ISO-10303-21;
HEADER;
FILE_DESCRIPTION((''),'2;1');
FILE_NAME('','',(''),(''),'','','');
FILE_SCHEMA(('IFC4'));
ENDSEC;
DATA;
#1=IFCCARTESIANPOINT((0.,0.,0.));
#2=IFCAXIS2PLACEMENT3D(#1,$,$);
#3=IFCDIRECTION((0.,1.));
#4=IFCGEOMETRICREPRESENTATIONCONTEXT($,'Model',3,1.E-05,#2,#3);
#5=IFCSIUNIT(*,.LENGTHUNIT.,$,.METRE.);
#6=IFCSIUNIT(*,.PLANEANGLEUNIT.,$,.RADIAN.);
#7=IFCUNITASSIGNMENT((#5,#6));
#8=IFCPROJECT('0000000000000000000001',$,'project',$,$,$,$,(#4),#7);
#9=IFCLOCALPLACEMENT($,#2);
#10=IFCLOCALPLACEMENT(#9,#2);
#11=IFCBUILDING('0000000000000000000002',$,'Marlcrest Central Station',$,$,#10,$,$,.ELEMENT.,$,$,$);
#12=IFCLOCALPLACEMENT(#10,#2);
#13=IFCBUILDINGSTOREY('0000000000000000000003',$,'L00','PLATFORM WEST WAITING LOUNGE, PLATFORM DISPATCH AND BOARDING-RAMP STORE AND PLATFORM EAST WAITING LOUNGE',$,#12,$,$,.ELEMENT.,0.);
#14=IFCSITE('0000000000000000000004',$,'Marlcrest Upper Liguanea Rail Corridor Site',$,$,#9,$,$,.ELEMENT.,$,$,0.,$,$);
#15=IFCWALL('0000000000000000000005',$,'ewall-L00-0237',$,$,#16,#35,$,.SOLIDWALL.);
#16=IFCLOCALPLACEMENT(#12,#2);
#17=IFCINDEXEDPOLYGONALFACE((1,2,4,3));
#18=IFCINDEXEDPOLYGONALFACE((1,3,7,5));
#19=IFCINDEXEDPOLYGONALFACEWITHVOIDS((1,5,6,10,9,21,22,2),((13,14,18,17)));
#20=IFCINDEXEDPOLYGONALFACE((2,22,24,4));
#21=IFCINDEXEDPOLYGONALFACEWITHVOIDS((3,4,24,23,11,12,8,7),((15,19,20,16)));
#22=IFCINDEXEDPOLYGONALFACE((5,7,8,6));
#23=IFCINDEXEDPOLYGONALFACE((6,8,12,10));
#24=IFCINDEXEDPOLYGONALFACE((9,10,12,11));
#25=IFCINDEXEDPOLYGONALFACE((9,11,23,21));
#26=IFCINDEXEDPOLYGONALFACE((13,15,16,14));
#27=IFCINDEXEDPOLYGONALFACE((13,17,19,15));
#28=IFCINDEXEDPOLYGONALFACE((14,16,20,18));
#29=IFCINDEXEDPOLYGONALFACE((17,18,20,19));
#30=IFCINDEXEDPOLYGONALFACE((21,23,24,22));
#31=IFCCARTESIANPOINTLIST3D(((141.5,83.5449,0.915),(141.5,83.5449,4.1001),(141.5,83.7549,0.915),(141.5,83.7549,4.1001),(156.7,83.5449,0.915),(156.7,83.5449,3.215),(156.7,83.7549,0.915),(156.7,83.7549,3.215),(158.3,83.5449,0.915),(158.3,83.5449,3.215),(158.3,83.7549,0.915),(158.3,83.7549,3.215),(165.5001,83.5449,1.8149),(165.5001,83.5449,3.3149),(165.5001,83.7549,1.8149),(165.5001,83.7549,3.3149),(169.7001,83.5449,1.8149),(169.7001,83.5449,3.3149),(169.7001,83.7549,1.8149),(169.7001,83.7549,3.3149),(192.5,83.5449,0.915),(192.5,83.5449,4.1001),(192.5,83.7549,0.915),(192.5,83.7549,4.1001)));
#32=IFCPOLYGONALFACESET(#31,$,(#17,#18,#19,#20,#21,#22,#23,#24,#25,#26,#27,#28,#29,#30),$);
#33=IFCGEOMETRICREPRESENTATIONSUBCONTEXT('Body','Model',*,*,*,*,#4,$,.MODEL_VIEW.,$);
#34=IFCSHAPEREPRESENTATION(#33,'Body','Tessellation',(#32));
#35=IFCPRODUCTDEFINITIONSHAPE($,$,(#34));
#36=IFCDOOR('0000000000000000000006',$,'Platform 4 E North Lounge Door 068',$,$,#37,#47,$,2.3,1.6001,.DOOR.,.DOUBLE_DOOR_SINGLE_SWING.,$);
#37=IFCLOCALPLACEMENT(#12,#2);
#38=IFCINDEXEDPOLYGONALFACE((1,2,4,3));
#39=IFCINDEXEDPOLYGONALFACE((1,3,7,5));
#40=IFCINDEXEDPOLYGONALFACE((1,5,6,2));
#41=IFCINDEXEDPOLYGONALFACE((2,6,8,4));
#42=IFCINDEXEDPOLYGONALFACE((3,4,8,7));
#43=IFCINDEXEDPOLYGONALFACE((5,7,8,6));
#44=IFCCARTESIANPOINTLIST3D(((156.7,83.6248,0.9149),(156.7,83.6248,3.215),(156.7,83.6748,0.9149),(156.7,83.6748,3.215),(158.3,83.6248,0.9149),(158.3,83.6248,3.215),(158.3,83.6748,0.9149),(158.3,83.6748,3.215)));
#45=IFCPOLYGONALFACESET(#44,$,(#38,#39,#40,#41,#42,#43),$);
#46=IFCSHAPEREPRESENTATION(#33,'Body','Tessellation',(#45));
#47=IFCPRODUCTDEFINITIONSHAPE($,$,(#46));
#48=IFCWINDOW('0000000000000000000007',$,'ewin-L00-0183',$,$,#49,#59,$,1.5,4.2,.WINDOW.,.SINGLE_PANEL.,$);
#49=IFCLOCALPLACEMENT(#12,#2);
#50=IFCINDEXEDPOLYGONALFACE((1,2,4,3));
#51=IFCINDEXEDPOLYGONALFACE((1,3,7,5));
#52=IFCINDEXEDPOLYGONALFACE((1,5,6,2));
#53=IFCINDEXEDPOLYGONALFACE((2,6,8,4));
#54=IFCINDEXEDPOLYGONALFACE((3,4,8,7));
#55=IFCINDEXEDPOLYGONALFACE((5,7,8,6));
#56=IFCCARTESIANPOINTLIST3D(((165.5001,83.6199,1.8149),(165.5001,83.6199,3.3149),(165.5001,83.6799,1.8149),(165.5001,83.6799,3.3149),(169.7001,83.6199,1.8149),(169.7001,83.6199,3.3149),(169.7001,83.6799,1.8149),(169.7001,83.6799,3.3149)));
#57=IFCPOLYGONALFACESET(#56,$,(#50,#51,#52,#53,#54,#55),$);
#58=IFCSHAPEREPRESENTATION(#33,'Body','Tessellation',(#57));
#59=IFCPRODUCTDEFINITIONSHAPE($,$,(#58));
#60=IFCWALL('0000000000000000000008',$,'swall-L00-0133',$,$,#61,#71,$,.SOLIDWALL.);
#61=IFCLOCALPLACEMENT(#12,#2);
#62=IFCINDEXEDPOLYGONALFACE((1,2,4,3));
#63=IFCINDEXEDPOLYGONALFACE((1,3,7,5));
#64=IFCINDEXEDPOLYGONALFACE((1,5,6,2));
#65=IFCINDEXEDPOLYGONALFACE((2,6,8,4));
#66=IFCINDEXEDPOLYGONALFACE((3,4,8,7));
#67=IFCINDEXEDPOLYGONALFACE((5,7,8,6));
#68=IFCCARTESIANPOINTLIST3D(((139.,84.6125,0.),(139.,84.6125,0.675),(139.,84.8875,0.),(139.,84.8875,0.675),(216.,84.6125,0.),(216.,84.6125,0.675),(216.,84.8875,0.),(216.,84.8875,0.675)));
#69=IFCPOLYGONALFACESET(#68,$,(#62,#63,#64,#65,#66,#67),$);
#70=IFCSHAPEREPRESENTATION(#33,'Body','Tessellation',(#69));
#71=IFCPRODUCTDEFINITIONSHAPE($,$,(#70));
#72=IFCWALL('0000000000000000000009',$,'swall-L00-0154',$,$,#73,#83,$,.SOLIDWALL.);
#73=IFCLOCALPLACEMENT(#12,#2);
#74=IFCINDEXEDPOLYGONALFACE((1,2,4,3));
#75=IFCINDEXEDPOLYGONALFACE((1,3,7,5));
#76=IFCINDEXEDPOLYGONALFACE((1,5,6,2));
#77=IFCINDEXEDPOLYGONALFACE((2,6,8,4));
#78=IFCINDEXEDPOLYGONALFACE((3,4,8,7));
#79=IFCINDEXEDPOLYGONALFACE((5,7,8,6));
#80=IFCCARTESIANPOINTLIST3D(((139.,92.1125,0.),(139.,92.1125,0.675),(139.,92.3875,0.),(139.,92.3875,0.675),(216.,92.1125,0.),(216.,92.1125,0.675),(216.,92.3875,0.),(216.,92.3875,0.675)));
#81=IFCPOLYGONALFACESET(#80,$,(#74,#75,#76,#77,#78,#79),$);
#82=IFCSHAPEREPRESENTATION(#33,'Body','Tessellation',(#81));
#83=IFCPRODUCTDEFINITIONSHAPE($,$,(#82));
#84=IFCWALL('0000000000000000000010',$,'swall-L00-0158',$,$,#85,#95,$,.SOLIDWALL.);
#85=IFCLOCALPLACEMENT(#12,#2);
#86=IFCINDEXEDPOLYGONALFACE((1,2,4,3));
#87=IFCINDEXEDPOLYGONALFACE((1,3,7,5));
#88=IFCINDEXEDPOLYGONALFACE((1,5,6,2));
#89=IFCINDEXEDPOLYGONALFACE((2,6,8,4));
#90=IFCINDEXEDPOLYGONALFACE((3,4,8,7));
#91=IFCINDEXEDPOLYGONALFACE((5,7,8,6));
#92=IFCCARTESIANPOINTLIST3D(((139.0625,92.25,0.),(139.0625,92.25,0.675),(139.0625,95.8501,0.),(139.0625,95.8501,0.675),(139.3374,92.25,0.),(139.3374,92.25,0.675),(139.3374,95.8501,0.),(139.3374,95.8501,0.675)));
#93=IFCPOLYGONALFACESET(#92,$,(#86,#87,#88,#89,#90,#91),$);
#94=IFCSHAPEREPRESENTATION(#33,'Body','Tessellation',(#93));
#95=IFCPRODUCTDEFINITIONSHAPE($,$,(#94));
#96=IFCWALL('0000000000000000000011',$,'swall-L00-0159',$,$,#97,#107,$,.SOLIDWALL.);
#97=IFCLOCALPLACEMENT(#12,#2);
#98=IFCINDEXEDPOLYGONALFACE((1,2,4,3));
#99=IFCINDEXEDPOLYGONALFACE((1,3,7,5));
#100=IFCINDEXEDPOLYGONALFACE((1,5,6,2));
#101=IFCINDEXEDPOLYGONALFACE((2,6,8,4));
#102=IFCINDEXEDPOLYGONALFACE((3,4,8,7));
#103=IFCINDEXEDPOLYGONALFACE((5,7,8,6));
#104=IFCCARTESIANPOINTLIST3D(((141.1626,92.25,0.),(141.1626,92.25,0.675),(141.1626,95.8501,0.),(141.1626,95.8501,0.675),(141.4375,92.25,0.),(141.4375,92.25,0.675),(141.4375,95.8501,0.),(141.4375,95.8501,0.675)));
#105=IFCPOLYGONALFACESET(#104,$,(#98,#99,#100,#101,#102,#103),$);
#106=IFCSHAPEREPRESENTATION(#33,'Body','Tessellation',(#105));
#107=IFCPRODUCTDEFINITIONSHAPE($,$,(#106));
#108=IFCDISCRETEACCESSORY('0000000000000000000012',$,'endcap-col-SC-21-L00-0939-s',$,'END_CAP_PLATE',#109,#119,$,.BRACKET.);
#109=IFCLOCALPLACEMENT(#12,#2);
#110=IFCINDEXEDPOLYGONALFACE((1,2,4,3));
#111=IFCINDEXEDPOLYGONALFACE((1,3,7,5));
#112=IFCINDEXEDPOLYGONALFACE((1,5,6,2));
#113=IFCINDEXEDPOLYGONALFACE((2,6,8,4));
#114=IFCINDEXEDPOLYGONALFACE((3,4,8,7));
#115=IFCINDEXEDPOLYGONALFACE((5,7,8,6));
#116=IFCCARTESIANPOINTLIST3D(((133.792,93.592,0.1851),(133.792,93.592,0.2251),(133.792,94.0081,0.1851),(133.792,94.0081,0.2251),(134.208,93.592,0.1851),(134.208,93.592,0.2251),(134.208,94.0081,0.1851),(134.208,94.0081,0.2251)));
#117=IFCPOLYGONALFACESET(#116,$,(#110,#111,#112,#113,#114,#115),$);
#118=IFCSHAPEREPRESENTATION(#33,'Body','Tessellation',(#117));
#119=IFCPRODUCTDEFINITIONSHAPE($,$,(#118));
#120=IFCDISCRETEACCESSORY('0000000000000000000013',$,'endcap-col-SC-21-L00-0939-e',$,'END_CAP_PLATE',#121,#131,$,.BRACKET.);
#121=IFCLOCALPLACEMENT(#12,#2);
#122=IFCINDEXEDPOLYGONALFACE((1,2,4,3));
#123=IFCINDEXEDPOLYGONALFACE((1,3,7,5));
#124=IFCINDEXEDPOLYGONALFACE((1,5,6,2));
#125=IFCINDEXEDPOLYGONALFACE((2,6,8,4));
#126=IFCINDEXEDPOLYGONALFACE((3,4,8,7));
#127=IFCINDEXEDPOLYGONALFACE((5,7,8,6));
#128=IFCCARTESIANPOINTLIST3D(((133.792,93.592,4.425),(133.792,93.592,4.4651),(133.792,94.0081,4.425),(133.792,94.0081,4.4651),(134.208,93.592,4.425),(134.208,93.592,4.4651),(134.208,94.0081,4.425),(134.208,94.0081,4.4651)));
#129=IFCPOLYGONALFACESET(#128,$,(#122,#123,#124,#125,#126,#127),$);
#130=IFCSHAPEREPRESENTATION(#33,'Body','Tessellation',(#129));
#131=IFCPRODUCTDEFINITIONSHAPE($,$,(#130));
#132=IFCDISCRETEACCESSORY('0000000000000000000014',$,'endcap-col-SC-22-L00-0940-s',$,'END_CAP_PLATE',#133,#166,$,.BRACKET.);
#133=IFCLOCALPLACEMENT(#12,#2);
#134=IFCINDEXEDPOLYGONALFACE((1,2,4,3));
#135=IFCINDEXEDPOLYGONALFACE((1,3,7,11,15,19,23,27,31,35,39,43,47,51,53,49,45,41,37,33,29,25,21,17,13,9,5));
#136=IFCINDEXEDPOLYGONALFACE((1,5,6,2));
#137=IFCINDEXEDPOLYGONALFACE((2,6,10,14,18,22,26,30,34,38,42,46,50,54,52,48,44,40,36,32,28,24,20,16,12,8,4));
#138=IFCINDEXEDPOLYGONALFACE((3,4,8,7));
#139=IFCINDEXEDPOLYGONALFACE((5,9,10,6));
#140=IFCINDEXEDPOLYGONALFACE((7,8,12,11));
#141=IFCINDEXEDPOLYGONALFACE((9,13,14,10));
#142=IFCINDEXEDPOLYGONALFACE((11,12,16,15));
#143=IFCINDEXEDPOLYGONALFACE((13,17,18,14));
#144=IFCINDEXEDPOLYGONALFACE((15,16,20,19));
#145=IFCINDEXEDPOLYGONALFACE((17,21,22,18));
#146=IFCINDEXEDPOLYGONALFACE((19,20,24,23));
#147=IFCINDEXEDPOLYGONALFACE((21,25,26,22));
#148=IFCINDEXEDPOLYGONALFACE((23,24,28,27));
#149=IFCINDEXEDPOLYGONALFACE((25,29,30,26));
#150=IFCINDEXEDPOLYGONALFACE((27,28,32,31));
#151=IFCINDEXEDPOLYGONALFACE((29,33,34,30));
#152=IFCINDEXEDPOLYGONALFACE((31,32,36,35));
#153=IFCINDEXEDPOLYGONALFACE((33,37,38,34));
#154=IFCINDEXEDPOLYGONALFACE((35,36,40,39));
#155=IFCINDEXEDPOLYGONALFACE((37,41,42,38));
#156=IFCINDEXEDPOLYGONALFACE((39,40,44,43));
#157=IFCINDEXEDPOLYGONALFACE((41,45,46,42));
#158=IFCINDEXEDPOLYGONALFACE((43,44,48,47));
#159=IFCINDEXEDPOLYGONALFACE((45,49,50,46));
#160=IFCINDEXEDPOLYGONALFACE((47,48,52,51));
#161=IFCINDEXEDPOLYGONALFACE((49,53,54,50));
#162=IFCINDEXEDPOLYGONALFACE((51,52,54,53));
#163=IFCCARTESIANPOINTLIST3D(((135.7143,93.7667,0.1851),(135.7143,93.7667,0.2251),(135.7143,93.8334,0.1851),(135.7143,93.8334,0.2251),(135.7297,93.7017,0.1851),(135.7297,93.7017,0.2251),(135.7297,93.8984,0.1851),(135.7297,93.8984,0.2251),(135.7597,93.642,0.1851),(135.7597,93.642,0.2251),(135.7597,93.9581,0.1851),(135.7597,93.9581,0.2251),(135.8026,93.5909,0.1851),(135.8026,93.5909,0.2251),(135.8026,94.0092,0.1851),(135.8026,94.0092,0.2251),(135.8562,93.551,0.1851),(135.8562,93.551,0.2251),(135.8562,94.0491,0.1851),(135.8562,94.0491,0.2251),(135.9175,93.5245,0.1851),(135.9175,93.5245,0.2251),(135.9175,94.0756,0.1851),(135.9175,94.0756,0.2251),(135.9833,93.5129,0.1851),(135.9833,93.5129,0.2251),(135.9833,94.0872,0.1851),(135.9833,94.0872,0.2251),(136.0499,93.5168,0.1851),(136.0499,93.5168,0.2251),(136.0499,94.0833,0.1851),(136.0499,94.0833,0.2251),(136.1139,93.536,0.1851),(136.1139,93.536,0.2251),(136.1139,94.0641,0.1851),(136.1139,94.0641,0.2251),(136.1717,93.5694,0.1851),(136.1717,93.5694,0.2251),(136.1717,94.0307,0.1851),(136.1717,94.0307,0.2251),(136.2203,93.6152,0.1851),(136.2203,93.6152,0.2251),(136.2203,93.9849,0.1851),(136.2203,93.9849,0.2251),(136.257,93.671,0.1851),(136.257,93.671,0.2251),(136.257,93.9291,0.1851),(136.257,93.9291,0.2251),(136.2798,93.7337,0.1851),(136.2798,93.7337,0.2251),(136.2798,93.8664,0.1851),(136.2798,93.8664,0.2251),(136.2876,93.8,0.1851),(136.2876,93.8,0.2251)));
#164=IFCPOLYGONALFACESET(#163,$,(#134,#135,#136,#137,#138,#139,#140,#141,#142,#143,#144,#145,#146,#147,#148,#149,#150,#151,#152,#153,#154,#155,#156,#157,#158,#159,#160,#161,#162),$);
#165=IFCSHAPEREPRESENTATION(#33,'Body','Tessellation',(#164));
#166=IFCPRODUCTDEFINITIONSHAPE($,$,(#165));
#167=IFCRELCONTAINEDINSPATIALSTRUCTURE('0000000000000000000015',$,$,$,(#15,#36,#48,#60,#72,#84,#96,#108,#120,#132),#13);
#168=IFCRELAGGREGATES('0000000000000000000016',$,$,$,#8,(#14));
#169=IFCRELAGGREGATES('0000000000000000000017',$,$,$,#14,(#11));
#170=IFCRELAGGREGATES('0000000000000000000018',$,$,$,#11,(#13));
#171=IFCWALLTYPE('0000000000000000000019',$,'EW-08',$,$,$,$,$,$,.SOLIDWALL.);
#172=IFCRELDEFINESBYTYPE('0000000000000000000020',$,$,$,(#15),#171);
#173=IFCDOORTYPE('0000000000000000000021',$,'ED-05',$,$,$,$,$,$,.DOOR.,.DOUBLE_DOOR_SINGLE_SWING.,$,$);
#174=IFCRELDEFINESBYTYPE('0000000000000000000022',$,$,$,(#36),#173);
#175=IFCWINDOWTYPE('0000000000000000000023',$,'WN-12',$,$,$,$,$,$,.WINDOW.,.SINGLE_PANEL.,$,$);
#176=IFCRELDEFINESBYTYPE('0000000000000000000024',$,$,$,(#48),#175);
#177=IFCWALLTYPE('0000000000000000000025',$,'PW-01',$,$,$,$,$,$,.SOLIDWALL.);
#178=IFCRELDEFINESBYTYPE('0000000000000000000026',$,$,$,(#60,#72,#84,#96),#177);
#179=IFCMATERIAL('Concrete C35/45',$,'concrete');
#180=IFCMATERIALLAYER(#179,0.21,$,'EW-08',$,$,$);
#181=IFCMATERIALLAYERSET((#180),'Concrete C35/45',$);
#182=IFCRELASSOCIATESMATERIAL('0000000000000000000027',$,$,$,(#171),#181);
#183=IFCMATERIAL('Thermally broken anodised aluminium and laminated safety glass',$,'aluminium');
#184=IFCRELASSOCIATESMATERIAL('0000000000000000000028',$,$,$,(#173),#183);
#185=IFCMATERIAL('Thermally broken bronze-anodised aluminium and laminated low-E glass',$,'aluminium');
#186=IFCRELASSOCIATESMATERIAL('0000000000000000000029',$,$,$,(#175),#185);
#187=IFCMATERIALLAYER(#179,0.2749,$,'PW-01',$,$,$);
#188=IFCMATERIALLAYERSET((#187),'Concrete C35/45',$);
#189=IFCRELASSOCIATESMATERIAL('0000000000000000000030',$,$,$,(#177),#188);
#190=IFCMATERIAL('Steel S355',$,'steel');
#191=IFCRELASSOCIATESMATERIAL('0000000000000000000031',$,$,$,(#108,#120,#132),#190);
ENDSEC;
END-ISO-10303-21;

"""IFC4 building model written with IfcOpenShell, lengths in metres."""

from ifc_helpers import new_model, si_unit, direction, frame, frame_2d, origin, origin_2d, place, context, subcontext, project, spatial, rectangle, circle, extrude, material, layer, layer_set, type_object, element, fill, save


model = new_model("IFC4")

# Units and contexts
model_context = context("Model", 3, precision=1e-05, world=origin(), true_north=direction((0.0, 1.0)))
body_context = subcontext(model_context, "Body", "Model", "MODEL_VIEW")
ifc_project = project(units=[si_unit("LENGTHUNIT", "METRE"), si_unit("PLANEANGLEUNIT", "RADIAN")], contexts=[model_context])

# Site, building, storey
site_placement = place(None, origin())
site = spatial("IfcSite", under=ifc_project, at=site_placement, Name="Marlcrest Upper Liguanea Rail Corridor Site", CompositionType="ELEMENT", RefElevation=0.0)
building_placement = place(site_placement, origin())
building = spatial("IfcBuilding", under=site, at=building_placement, Name="Marlcrest Central Station", CompositionType="ELEMENT")
storey_placement = place(building_placement, origin())
storey = spatial("IfcBuildingStorey", under=building, at=storey_placement, Name="L00", Description="PLATFORM WEST WAITING LOUNGE, PLATFORM DISPATCH AND BOARDING-RAMP STORE AND PLATFORM EAST WAITING LOUNGE", CompositionType="ELEMENT", Elevation=0.0)

# Shared definitions
ifc_material_1 = material(Name="Concrete C35/45", Category="concrete")

# Shared definitions
ifc_material_2 = material(Name="Steel S355", Category="steel")

# Wall, openings, door, window
ifc_layer_1 = layer(ifc_material_1, 0.21, Name="EW-08")
ifc_layer_set_1 = layer_set([ifc_layer_1], Name="Concrete C35/45")
wall_type_1 = type_object("IfcWallType", Name="EW-08", PredefinedType="SOLIDWALL", material=ifc_layer_set_1)
wall_placement = place(storey_placement, frame((141.5, 83.6499, 0.915), z_axis=(0.0, 0.0, 1.0), x_axis=(1.0, 0.0, 0.0)))
wall = element("IfcWall", 1, at=wall_placement, inside=storey, type_object=wall_type_1, Name="ewall-L00-0237", PredefinedType="SOLIDWALL", context=body_context, shape_type="SweptSolid", body=[
    extrude(rectangle(XDim=51.0, YDim=0.21, at=frame_2d((25.5, 0.0))), origin(), (0.0, 0.0, 1.0), 3.1851),
])
opening_1_placement = place(wall_placement, frame((15.2, 0.0, 0.0)))
opening_1 = element("IfcOpeningElement", 2, at=opening_1_placement, cuts=wall, PredefinedType="OPENING", context=body_context, shape_type="SweptSolid", body=[
    extrude(rectangle(XDim=1.6001, YDim=2.3, at=frame_2d((0.8, 1.1499))), frame((0.0, 0.115, 0.0), z_axis=(0.0, -1.0, 0.0), x_axis=(1.0, 0.0, 0.0)), (0.0, 0.0, 1.0), 0.23),
])
opening_2_placement = place(wall_placement, frame((24.0, 0.0, 0.8999)))
opening_2 = element("IfcOpeningElement", 3, at=opening_2_placement, cuts=wall, PredefinedType="OPENING", context=body_context, shape_type="SweptSolid", body=[
    extrude(rectangle(XDim=4.2, YDim=1.5, at=frame_2d((2.1001, 0.75))), frame((0.0, 0.115, 0.0), z_axis=(0.0, -1.0, 0.0), x_axis=(1.0, 0.0, 0.0)), (0.0, 0.0, 1.0), 0.23),
])
ifc_material_3 = material(Name="Thermally broken anodised aluminium and laminated safety glass", Category="aluminium")
door_type = type_object("IfcDoorType", Name="ED-05", OperationType="DOUBLE_DOOR_SINGLE_SWING", PredefinedType="DOOR", material=ifc_material_3)
door_placement = place(opening_1_placement, origin())
door = element("IfcDoor", 4, at=door_placement, inside=storey, type_object=door_type, Name="Platform 4 E North Lounge Door 068", OperationType="DOUBLE_DOOR_SINGLE_SWING", OverallHeight=2.3, OverallWidth=1.6001, PredefinedType="DOOR", context=body_context, shape_type="SweptSolid", body=[
    extrude(rectangle(XDim=1.6001, YDim=2.3, at=frame_2d((0.8, 1.1499))), frame((0.0, 0.0249, 0.0), z_axis=(0.0, -1.0, 0.0), x_axis=(1.0, 0.0, 0.0)), (0.0, 0.0, 1.0), 0.05),
])
fill(opening_1, door)
ifc_material_4 = material(Name="Thermally broken bronze-anodised aluminium and laminated low-E glass", Category="aluminium")
window_type = type_object("IfcWindowType", Name="WN-12", PartitioningType="SINGLE_PANEL", PredefinedType="WINDOW", material=ifc_material_4)
window_placement = place(opening_2_placement, origin())
window = element("IfcWindow", 5, at=window_placement, inside=storey, type_object=window_type, Name="ewin-L00-0183", OverallHeight=1.5, OverallWidth=4.2, PartitioningType="SINGLE_PANEL", PredefinedType="WINDOW", context=body_context, shape_type="SweptSolid", body=[
    extrude(rectangle(XDim=4.2, YDim=1.5, at=frame_2d((2.1001, 0.75))), frame((0.0, 0.03, 0.0), z_axis=(0.0, -1.0, 0.0), x_axis=(1.0, 0.0, 0.0)), (0.0, 0.0, 1.0), 0.0601),
])
fill(opening_2, window)

# Walls
ifc_layer_2 = layer(ifc_material_1, 0.2749, Name="PW-01")
ifc_layer_set_2 = layer_set([ifc_layer_2], Name="Concrete C35/45")
wall_type_2 = type_object("IfcWallType", Name="PW-01", PredefinedType="SOLIDWALL", material=ifc_layer_set_2)
for number, where, z_axis, x_axis, name in (
    (6, (139.0, 84.75, 0.0), (0.0, 0.0, 1.0), (1.0, 0.0, 0.0), "swall-L00-0133"),
    (7, (139.0, 92.25, 0.0), (0.0, 0.0, 1.0), (1.0, 0.0, 0.0), "swall-L00-0154"),
):
    element("IfcWall", number, at=place(storey_placement, frame(where, z_axis=z_axis, x_axis=x_axis)), inside=storey, type_object=wall_type_2, Name=name, PredefinedType="SOLIDWALL", context=body_context, shape_type="SweptSolid", body=[
        extrude(rectangle(XDim=77.0, YDim=0.2749, at=frame_2d((38.5, 0.0))), origin(), (0.0, 0.0, 1.0), 0.675),
    ])
for number, where, z_axis, x_axis, name in (
    (8, (139.2, 92.25, 0.0), (0.0, 0.0, 1.0), (0.0, 1.0, 0.0), "swall-L00-0158"),
    (9, (141.3, 92.25, 0.0), (0.0, 0.0, 1.0), (0.0, 1.0, 0.0), "swall-L00-0159"),
):
    element("IfcWall", number, at=place(storey_placement, frame(where, z_axis=z_axis, x_axis=x_axis)), inside=storey, type_object=wall_type_2, Name=name, PredefinedType="SOLIDWALL", context=body_context, shape_type="SweptSolid", body=[
        extrude(rectangle(XDim=3.6001, YDim=0.2749, at=frame_2d((1.8, 0.0))), origin(), (0.0, 0.0, 1.0), 0.675),
    ])

# Discrete accessories
for number, where, z_axis, x_axis, name in (
    (10, (134.0, 93.8, 0.1851), (0.0, 0.0, 1.0), (1.0, 0.0, 0.0), "endcap-col-SC-21-L00-0939-s"),
    (11, (134.0, 93.8, 4.425), (0.0, 0.0, 1.0), (1.0, 0.0, 0.0), "endcap-col-SC-21-L00-0939-e"),
):
    element("IfcDiscreteAccessory", number, at=place(storey_placement, frame(where, z_axis=z_axis, x_axis=x_axis)), inside=storey, material=ifc_material_2, Name=name, ObjectType="END_CAP_PLATE", PredefinedType="BRACKET", context=body_context, shape_type="SweptSolid", body=[
        extrude(rectangle(XDim=0.416, YDim=0.416, at=origin_2d()), origin(), (0.0, 0.0, 1.0), 0.04),
    ])
for number, where, z_axis, x_axis, name in (
    (12, (136.0, 93.8, 0.1851), (0.0, 0.0, 1.0), (1.0, 0.0, 0.0), "endcap-col-SC-22-L00-0940-s"),
):
    element("IfcDiscreteAccessory", number, at=place(storey_placement, frame(where, z_axis=z_axis, x_axis=x_axis)), inside=storey, material=ifc_material_2, Name=name, ObjectType="END_CAP_PLATE", PredefinedType="BRACKET", context=body_context, shape_type="SweptSolid", body=[
        extrude(circle(Radius=0.2876, at=origin_2d()), origin(), (0.0, 0.0, 1.0), 0.04),
    ])

save(model, "model.ifc")
